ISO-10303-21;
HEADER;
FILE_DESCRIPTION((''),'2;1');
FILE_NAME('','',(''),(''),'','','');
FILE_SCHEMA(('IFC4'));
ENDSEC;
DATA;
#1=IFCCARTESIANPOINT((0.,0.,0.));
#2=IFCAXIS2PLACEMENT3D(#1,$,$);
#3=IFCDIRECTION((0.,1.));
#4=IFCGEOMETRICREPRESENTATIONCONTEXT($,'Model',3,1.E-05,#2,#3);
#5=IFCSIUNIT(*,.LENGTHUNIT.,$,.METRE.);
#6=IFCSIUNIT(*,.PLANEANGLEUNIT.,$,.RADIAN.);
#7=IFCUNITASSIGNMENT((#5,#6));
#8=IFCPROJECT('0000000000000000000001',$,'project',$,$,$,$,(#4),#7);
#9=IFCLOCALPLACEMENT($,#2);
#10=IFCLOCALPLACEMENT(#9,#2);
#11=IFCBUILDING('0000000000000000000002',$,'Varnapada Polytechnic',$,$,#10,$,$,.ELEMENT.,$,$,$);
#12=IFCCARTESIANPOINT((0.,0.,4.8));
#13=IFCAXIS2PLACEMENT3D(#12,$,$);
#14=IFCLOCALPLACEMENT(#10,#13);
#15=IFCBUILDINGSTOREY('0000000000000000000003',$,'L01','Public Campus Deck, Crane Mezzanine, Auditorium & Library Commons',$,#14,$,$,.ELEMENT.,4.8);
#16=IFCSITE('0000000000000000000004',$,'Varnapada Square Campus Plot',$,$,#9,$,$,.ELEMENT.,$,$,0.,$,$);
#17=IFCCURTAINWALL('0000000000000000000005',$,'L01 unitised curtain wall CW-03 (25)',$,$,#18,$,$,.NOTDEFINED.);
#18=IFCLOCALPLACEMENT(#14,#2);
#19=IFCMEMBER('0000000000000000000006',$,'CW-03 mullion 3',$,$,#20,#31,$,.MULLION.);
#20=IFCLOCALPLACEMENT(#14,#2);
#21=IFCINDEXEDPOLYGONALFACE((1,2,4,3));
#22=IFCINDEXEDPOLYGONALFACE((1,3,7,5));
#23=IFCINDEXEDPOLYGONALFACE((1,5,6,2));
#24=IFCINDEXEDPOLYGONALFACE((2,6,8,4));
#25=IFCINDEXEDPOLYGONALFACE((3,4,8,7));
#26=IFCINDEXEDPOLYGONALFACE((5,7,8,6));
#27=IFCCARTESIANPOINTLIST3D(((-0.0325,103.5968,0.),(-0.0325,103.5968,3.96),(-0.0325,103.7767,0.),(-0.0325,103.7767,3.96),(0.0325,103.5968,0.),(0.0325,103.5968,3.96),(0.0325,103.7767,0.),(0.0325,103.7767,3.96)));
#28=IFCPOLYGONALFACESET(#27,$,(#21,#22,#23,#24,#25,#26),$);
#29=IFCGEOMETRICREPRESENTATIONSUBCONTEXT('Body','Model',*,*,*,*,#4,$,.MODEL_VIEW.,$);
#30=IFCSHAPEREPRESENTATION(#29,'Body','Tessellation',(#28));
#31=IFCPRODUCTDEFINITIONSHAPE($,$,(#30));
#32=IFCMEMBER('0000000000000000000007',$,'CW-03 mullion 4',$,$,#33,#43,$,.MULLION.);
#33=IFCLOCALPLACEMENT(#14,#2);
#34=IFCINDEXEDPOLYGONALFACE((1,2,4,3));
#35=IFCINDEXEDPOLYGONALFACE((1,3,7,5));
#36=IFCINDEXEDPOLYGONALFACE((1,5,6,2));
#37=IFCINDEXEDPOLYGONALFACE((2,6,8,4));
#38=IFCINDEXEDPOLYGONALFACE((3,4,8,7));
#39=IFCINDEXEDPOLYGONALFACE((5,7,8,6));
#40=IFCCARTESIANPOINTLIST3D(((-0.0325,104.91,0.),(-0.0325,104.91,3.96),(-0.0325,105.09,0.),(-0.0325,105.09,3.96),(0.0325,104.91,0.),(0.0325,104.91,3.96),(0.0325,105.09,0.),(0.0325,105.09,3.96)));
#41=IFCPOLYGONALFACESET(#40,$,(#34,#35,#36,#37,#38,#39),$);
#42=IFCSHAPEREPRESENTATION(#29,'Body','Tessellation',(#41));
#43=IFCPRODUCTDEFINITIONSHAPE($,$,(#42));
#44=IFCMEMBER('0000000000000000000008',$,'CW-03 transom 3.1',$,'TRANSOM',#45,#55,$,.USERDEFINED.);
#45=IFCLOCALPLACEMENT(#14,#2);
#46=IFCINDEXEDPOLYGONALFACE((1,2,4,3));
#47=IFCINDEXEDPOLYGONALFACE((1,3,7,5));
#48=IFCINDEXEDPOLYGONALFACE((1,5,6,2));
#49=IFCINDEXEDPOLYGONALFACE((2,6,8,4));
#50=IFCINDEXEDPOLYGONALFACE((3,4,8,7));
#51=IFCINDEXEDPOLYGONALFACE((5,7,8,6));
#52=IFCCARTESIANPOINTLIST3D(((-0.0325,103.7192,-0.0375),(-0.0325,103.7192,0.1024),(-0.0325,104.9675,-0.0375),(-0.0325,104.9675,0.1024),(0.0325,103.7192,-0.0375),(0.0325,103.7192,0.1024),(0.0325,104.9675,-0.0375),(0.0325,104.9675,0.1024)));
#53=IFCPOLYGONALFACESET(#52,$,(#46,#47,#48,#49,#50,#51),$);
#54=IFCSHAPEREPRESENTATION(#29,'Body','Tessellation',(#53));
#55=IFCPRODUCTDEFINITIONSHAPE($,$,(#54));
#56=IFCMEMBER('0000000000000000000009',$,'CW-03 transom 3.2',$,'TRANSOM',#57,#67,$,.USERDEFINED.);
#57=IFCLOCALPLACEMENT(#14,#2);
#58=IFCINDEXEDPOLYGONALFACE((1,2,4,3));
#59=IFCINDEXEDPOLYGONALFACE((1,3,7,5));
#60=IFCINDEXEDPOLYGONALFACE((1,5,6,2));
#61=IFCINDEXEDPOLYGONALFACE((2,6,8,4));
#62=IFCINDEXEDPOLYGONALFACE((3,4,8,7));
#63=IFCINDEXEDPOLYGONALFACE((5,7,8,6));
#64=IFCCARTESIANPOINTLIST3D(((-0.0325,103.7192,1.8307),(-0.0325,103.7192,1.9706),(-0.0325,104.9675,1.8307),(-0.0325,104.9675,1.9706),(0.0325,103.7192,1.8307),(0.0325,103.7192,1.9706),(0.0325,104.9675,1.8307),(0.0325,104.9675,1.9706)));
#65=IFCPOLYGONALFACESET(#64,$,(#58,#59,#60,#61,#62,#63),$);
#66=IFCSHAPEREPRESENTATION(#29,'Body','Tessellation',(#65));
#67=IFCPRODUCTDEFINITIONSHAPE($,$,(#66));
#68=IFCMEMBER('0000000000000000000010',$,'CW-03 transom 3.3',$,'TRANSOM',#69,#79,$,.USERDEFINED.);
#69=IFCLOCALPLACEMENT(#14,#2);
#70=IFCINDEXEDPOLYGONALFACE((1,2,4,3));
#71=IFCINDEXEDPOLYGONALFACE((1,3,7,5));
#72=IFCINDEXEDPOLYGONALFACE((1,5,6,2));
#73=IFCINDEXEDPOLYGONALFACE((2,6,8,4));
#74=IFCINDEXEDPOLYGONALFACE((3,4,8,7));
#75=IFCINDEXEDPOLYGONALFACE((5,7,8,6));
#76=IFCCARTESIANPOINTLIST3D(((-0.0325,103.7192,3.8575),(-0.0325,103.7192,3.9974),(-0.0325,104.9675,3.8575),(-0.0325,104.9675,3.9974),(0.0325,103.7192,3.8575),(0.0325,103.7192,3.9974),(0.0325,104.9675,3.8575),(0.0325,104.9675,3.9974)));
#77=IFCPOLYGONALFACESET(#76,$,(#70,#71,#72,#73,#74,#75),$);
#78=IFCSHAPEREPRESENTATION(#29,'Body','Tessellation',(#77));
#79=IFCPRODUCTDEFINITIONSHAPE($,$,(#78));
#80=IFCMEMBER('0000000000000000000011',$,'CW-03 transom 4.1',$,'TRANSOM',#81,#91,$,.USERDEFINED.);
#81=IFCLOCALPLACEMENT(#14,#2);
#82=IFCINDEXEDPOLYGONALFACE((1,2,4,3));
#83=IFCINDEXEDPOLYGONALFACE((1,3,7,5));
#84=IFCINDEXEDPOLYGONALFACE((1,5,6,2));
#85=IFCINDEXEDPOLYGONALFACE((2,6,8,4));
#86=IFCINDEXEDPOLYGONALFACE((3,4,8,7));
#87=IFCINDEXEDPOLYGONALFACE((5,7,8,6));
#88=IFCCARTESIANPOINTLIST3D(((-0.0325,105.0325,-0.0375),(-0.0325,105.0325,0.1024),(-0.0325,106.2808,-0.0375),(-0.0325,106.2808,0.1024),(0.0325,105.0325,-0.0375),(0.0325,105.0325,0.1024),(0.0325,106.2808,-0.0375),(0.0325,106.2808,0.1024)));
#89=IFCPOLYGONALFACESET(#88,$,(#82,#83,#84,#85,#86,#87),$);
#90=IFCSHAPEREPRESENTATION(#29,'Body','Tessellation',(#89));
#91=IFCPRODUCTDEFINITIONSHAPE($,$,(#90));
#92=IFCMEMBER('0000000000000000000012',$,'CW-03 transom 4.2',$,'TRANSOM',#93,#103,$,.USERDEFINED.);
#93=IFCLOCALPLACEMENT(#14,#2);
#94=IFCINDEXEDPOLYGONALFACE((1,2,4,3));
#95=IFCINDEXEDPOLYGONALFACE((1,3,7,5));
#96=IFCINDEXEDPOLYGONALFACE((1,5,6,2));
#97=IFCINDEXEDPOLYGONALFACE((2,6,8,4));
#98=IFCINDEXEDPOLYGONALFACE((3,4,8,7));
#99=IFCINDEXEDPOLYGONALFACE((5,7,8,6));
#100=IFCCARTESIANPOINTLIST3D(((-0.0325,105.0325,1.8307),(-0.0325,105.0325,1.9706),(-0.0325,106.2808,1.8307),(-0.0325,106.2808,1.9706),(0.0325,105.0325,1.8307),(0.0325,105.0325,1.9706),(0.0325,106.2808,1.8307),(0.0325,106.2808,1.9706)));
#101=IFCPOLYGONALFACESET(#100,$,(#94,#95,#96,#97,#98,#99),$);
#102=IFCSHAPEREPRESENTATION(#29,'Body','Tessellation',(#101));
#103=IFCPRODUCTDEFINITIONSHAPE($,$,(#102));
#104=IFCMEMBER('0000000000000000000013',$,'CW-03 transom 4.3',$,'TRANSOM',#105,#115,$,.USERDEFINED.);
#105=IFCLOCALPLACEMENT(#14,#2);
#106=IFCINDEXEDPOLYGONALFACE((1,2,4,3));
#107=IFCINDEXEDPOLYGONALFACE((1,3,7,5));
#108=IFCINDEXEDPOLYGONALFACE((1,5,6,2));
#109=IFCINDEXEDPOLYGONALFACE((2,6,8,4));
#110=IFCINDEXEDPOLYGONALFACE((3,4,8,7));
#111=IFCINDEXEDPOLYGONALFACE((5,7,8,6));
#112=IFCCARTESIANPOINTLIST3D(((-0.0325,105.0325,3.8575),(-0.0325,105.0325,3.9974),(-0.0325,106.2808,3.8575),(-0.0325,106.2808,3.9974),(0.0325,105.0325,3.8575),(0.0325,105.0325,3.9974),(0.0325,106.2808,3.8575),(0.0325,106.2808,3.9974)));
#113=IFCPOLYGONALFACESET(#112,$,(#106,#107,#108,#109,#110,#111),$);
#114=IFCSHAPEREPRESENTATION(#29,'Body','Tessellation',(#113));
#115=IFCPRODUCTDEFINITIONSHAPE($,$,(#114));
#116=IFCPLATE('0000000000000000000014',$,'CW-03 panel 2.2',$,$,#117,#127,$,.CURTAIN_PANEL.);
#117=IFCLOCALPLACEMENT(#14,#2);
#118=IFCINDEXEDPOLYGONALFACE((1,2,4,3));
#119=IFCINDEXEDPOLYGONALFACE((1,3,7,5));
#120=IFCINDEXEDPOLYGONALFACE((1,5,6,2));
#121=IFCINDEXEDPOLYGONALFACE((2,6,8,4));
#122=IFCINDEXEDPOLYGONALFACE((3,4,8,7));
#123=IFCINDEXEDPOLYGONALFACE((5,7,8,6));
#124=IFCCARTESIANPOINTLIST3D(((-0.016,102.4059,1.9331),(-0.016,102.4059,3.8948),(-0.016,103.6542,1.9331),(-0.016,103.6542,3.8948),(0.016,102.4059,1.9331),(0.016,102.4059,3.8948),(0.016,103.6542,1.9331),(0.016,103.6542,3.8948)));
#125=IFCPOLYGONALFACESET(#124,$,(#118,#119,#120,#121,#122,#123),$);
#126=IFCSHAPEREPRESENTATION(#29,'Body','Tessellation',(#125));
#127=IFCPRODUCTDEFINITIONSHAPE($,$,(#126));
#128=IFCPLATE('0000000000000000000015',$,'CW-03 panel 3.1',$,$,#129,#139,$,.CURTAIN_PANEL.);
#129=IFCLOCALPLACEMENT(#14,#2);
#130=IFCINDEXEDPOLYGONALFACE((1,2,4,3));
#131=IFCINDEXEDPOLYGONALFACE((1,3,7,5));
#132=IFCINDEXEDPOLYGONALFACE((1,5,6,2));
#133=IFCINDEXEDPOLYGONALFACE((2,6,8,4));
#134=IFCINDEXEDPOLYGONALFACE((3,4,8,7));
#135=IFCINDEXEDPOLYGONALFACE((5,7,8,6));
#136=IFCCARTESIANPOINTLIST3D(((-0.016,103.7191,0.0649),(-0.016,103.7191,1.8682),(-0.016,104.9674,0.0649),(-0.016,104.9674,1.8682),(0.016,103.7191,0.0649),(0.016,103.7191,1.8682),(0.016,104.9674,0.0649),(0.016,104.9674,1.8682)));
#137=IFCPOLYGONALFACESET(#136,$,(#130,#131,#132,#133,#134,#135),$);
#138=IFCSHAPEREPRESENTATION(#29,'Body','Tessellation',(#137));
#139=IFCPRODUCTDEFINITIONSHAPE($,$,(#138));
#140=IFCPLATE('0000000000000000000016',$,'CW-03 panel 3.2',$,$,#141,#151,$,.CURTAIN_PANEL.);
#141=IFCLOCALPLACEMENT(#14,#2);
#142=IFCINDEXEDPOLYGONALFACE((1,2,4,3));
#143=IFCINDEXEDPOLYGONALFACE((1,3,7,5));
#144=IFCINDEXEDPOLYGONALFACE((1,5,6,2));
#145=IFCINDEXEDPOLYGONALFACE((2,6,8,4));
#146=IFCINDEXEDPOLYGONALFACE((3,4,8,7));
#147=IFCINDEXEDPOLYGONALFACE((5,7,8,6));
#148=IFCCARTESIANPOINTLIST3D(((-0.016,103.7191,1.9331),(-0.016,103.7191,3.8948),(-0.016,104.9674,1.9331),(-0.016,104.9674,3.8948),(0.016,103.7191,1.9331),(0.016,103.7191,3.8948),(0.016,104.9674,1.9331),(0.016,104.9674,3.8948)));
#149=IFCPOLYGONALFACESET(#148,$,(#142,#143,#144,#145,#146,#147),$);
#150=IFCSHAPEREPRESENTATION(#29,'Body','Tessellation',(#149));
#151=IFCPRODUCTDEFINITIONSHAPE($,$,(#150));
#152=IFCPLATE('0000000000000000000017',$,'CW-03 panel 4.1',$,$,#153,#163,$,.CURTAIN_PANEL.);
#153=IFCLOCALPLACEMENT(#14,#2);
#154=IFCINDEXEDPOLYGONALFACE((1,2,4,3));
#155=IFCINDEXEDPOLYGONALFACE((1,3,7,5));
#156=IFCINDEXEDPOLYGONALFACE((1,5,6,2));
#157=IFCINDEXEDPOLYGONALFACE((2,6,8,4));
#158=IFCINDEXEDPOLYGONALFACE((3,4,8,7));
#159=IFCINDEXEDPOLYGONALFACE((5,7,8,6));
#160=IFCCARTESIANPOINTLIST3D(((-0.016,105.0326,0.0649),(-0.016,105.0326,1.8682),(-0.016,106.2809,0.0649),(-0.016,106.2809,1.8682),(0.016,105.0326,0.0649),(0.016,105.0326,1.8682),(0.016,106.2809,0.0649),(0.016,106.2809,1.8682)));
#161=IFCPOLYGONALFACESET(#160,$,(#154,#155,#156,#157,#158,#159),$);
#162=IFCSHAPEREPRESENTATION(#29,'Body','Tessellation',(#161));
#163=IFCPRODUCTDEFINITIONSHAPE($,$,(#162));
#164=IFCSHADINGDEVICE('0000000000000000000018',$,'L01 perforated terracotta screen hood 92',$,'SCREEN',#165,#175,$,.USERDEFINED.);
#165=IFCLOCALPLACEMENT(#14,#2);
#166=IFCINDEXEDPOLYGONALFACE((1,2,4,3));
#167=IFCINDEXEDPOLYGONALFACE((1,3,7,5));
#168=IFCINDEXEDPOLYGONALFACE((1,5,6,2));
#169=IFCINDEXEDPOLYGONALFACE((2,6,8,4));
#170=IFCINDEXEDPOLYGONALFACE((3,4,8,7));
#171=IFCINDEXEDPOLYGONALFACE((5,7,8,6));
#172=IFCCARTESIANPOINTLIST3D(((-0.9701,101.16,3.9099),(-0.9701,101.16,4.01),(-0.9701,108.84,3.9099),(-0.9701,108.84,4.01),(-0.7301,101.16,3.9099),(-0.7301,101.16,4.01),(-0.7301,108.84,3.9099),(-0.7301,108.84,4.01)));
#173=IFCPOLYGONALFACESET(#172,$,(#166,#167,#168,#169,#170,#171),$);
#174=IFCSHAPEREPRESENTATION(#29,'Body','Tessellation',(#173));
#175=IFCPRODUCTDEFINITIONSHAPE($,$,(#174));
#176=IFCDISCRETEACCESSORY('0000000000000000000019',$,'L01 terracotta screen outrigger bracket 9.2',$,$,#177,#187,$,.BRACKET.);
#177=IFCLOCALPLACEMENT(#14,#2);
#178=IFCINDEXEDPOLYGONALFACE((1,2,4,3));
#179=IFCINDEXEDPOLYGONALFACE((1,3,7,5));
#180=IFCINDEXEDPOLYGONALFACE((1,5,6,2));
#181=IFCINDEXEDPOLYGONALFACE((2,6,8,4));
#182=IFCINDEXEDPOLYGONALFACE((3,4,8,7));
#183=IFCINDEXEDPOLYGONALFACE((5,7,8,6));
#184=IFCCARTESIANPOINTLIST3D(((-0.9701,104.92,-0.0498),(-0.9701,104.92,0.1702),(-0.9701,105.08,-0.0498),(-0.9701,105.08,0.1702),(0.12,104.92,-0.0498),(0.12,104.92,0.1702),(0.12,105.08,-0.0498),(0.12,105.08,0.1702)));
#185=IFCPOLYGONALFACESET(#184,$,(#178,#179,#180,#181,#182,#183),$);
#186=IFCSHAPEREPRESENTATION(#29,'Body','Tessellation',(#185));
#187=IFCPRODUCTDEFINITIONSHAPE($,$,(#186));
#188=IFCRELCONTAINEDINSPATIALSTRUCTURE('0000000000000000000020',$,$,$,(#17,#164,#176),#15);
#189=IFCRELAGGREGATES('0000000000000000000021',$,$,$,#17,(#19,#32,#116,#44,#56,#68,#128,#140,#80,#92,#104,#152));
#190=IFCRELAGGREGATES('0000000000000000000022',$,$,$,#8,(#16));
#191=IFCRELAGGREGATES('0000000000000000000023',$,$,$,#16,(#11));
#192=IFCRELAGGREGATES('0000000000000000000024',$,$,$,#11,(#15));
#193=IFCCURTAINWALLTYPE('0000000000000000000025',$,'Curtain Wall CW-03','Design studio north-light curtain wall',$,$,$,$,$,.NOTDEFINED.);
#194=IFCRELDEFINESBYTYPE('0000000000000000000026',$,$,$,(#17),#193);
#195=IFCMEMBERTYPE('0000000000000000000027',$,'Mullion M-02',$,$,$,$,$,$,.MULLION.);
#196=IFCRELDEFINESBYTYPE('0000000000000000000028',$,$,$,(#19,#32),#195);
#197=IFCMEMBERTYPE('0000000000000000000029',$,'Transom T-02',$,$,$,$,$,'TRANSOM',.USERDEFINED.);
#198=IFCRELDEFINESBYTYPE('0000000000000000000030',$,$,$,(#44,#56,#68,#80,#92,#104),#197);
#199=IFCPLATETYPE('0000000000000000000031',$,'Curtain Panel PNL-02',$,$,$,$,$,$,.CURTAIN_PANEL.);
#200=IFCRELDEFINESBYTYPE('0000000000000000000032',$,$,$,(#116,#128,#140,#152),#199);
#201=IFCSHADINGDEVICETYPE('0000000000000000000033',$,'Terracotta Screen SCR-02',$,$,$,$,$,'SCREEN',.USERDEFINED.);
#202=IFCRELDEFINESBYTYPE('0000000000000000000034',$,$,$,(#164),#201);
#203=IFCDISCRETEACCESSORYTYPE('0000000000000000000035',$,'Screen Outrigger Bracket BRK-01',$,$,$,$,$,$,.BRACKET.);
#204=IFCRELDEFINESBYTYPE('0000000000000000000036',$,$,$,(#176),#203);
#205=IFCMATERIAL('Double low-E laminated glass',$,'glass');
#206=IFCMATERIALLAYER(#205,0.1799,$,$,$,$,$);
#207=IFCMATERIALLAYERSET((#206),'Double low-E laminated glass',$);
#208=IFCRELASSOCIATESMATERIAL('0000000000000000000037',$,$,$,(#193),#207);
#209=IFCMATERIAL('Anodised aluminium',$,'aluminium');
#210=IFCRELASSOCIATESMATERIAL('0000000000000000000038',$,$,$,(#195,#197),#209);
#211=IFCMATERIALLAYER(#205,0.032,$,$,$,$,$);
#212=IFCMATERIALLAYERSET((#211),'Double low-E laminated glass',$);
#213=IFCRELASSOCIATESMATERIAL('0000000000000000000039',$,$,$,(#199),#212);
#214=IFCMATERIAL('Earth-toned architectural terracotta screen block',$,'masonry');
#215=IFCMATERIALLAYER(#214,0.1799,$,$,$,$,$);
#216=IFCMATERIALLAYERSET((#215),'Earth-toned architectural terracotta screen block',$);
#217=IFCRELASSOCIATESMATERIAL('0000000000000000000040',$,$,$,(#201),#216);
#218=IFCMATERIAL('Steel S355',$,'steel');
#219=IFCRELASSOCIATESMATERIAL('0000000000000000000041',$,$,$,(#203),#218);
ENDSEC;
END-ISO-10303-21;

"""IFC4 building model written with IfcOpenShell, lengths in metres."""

from ifc_helpers import new_model, si_unit, direction, frame, origin, origin_2d, place, context, subcontext, project, spatial, rectangle, extrude, material, layer, layer_set, material_profile, profile_set, type_object, element, aggregate, save


model = new_model("IFC4")

# Units and contexts
model_context = context("Model", 3, precision=1e-05, world=origin(), true_north=direction((0.0, 1.0)))
body_context = subcontext(model_context, "Body", "Model", "MODEL_VIEW")
ifc_project = project(units=[si_unit("LENGTHUNIT", "METRE"), si_unit("PLANEANGLEUNIT", "RADIAN")], contexts=[model_context])

# Site, building, storey
site_placement = place(None, origin())
site = spatial("IfcSite", under=ifc_project, at=site_placement, Name="Varnapada Square Campus Plot", CompositionType="ELEMENT", RefElevation=0.0)
building_placement = place(site_placement, origin())
building = spatial("IfcBuilding", under=site, at=building_placement, Name="Varnapada Polytechnic", CompositionType="ELEMENT")
storey_placement = place(building_placement, frame((0.0, 0.0, 4.8)))
storey = spatial("IfcBuildingStorey", under=building, at=storey_placement, Name="L01", Description="Public Campus Deck, Crane Mezzanine, Auditorium & Library Commons", CompositionType="ELEMENT", Elevation=4.8)

# Curtain wall, members, plates
ifc_material_1 = material(Name="Double low-E laminated glass", Category="glass")
ifc_layer_1 = layer(ifc_material_1, 0.1799)
ifc_layer_set_1 = layer_set([ifc_layer_1], Name="Double low-E laminated glass")
curtain_wall_type = type_object("IfcCurtainWallType", Name="Curtain Wall CW-03", Description="Design studio north-light curtain wall", PredefinedType="NOTDEFINED", material=ifc_layer_set_1)
curtain_wall_placement = place(storey_placement, origin())
curtain_wall = element("IfcCurtainWall", 1, at=curtain_wall_placement, inside=storey, type_object=curtain_wall_type, Name="L01 unitised curtain wall CW-03 (25)", PredefinedType="NOTDEFINED")
ifc_material_2 = material(Name="Anodised aluminium", Category="aluminium")
ifc_material_profile_1 = material_profile(ifc_material_2, rectangle(XDim=0.0649, YDim=0.1799, at=origin_2d()), Name="ALU M65x180")
ifc_profile_set_1 = profile_set([ifc_material_profile_1], Name="Anodised aluminium")
member_type_1 = type_object("IfcMemberType", Name="Mullion M-02", PredefinedType="MULLION", material=ifc_profile_set_1)
member_1_placement = place(storey_placement, frame((0.0, 103.6868, 0.0), z_axis=(0.0, 0.0, 1.0), x_axis=(-1.0, 0.0, 0.0)))
member_1 = element("IfcMember", 2, at=member_1_placement, type_object=member_type_1, Name="CW-03 mullion 3", PredefinedType="MULLION", context=body_context, shape_type="SweptSolid", body=[
    extrude(rectangle(XDim=0.0649, YDim=0.1799, at=origin_2d()), origin(), (0.0, 0.0, 1.0), 3.96),
])
member_2_placement = place(storey_placement, frame((0.0, 105.0, 0.0), z_axis=(0.0, 0.0, 1.0), x_axis=(-1.0, 0.0, 0.0)))
member_2 = element("IfcMember", 3, at=member_2_placement, type_object=member_type_1, Name="CW-03 mullion 4", PredefinedType="MULLION", context=body_context, shape_type="SweptSolid", body=[
    extrude(rectangle(XDim=0.0649, YDim=0.1799, at=origin_2d()), origin(), (0.0, 0.0, 1.0), 3.96),
])
ifc_material_profile_2 = material_profile(ifc_material_2, rectangle(XDim=0.0649, YDim=0.1399, at=origin_2d()), Name="ALU T65x140")
ifc_profile_set_2 = profile_set([ifc_material_profile_2], Name="Anodised aluminium")
member_type_2 = type_object("IfcMemberType", Name="Transom T-02", ElementType="TRANSOM", PredefinedType="USERDEFINED", material=ifc_profile_set_2)
member_3_placement = place(storey_placement, frame((0.0, 103.7192, 0.0325), z_axis=(0.0, 1.0, 0.0), x_axis=(-1.0, 0.0, 0.0)))
member_3 = element("IfcMember", 4, at=member_3_placement, type_object=member_type_2, Name="CW-03 transom 3.1", ObjectType="TRANSOM", PredefinedType="USERDEFINED", context=body_context, shape_type="SweptSolid", body=[
    extrude(rectangle(XDim=0.0649, YDim=0.1399, at=origin_2d()), origin(), (0.0, 0.0, 1.0), 1.2483),
])
member_4_placement = place(storey_placement, frame((0.0, 103.7192, 1.9006), z_axis=(0.0, 1.0, 0.0), x_axis=(-1.0, 0.0, 0.0)))
member_4 = element("IfcMember", 5, at=member_4_placement, type_object=member_type_2, Name="CW-03 transom 3.2", ObjectType="TRANSOM", PredefinedType="USERDEFINED", context=body_context, shape_type="SweptSolid", body=[
    extrude(rectangle(XDim=0.0649, YDim=0.1399, at=origin_2d()), origin(), (0.0, 0.0, 1.0), 1.2483),
])
member_5_placement = place(storey_placement, frame((0.0, 103.7192, 3.9275), z_axis=(0.0, 1.0, 0.0), x_axis=(-1.0, 0.0, 0.0)))
member_5 = element("IfcMember", 6, at=member_5_placement, type_object=member_type_2, Name="CW-03 transom 3.3", ObjectType="TRANSOM", PredefinedType="USERDEFINED", context=body_context, shape_type="SweptSolid", body=[
    extrude(rectangle(XDim=0.0649, YDim=0.1399, at=origin_2d()), origin(), (0.0, 0.0, 1.0), 1.2483),
])
member_6_placement = place(storey_placement, frame((0.0, 105.0325, 0.0325), z_axis=(0.0, 1.0, 0.0), x_axis=(-1.0, 0.0, 0.0)))
member_6 = element("IfcMember", 7, at=member_6_placement, type_object=member_type_2, Name="CW-03 transom 4.1", ObjectType="TRANSOM", PredefinedType="USERDEFINED", context=body_context, shape_type="SweptSolid", body=[
    extrude(rectangle(XDim=0.0649, YDim=0.1399, at=origin_2d()), origin(), (0.0, 0.0, 1.0), 1.2483),
])
member_7_placement = place(storey_placement, frame((0.0, 105.0325, 1.9006), z_axis=(0.0, 1.0, 0.0), x_axis=(-1.0, 0.0, 0.0)))
member_7 = element("IfcMember", 8, at=member_7_placement, type_object=member_type_2, Name="CW-03 transom 4.2", ObjectType="TRANSOM", PredefinedType="USERDEFINED", context=body_context, shape_type="SweptSolid", body=[
    extrude(rectangle(XDim=0.0649, YDim=0.1399, at=origin_2d()), origin(), (0.0, 0.0, 1.0), 1.2483),
])
member_8_placement = place(storey_placement, frame((0.0, 105.0325, 3.9275), z_axis=(0.0, 1.0, 0.0), x_axis=(-1.0, 0.0, 0.0)))
member_8 = element("IfcMember", 9, at=member_8_placement, type_object=member_type_2, Name="CW-03 transom 4.3", ObjectType="TRANSOM", PredefinedType="USERDEFINED", context=body_context, shape_type="SweptSolid", body=[
    extrude(rectangle(XDim=0.0649, YDim=0.1399, at=origin_2d()), origin(), (0.0, 0.0, 1.0), 1.2483),
])
ifc_layer_2 = layer(ifc_material_1, 0.032)
ifc_layer_set_2 = layer_set([ifc_layer_2], Name="Double low-E laminated glass")
plate_type = type_object("IfcPlateType", Name="Curtain Panel PNL-02", PredefinedType="CURTAIN_PANEL", material=ifc_layer_set_2)
plate_1_placement = place(storey_placement, frame((0.0, 103.03, 1.9331), z_axis=(0.0, 0.0, 1.0), x_axis=(0.0, 1.0, 0.0)))
plate_1 = element("IfcPlate", 10, at=plate_1_placement, type_object=plate_type, Name="CW-03 panel 2.2", PredefinedType="CURTAIN_PANEL", context=body_context, shape_type="SweptSolid", body=[
    extrude(rectangle(XDim=1.2483, YDim=0.032, at=origin_2d()), origin(), (0.0, 0.0, 1.0), 1.9617),
])
plate_2_placement = place(storey_placement, frame((0.0, 104.3433, 0.0649), z_axis=(0.0, 0.0, 1.0), x_axis=(0.0, 1.0, 0.0)))
plate_2 = element("IfcPlate", 11, at=plate_2_placement, type_object=plate_type, Name="CW-03 panel 3.1", PredefinedType="CURTAIN_PANEL", context=body_context, shape_type="SweptSolid", body=[
    extrude(rectangle(XDim=1.2483, YDim=0.032, at=origin_2d()), origin(), (0.0, 0.0, 1.0), 1.8032),
])
plate_3_placement = place(storey_placement, frame((0.0, 104.3433, 1.9331), z_axis=(0.0, 0.0, 1.0), x_axis=(0.0, 1.0, 0.0)))
plate_3 = element("IfcPlate", 12, at=plate_3_placement, type_object=plate_type, Name="CW-03 panel 3.2", PredefinedType="CURTAIN_PANEL", context=body_context, shape_type="SweptSolid", body=[
    extrude(rectangle(XDim=1.2483, YDim=0.032, at=origin_2d()), origin(), (0.0, 0.0, 1.0), 1.9617),
])
plate_4_placement = place(storey_placement, frame((0.0, 105.6567, 0.0649), z_axis=(0.0, 0.0, 1.0), x_axis=(0.0, 1.0, 0.0)))
plate_4 = element("IfcPlate", 13, at=plate_4_placement, type_object=plate_type, Name="CW-03 panel 4.1", PredefinedType="CURTAIN_PANEL", context=body_context, shape_type="SweptSolid", body=[
    extrude(rectangle(XDim=1.2483, YDim=0.032, at=origin_2d()), origin(), (0.0, 0.0, 1.0), 1.8032),
])
aggregate(curtain_wall, [member_1, member_2, plate_1, member_3, member_4, member_5, plate_2, plate_3, member_6, member_7, member_8, plate_4])

# Shading device
ifc_material_3 = material(Name="Earth-toned architectural terracotta screen block", Category="masonry")
ifc_layer_3 = layer(ifc_material_3, 0.1799)
ifc_layer_set_3 = layer_set([ifc_layer_3], Name="Earth-toned architectural terracotta screen block")
shading_device_type = type_object("IfcShadingDeviceType", Name="Terracotta Screen SCR-02", ElementType="SCREEN", PredefinedType="USERDEFINED", material=ifc_layer_set_3)
shading_device_placement = place(storey_placement, frame((-0.8501, 105.0, 3.9099), z_axis=(0.0, 0.0, 1.0), x_axis=(0.0, 1.0, 0.0)))
element("IfcShadingDevice", 14, at=shading_device_placement, inside=storey, type_object=shading_device_type, Name="L01 perforated terracotta screen hood 92", ObjectType="SCREEN", PredefinedType="USERDEFINED", context=body_context, shape_type="SweptSolid", body=[
    extrude(rectangle(XDim=7.6799, YDim=0.24, at=origin_2d()), origin(), (0.0, 0.0, 1.0), 0.1001),
])

# Discrete accessory
ifc_material_4 = material(Name="Steel S355", Category="steel")
discrete_accessory_type = type_object("IfcDiscreteAccessoryType", Name="Screen Outrigger Bracket BRK-01", PredefinedType="BRACKET", material=ifc_material_4)
discrete_accessory_placement = place(storey_placement, frame((-0.425, 105.0, -0.0498), z_axis=(0.0, 0.0, 1.0), x_axis=(0.0, 1.0, 0.0)))
element("IfcDiscreteAccessory", 15, at=discrete_accessory_placement, inside=storey, type_object=discrete_accessory_type, Name="L01 terracotta screen outrigger bracket 9.2", PredefinedType="BRACKET", context=body_context, shape_type="SweptSolid", body=[
    extrude(rectangle(XDim=0.1599, YDim=1.0901, at=origin_2d()), origin(), (0.0, 0.0, 1.0), 0.22),
])

save(model, "model.ifc")
